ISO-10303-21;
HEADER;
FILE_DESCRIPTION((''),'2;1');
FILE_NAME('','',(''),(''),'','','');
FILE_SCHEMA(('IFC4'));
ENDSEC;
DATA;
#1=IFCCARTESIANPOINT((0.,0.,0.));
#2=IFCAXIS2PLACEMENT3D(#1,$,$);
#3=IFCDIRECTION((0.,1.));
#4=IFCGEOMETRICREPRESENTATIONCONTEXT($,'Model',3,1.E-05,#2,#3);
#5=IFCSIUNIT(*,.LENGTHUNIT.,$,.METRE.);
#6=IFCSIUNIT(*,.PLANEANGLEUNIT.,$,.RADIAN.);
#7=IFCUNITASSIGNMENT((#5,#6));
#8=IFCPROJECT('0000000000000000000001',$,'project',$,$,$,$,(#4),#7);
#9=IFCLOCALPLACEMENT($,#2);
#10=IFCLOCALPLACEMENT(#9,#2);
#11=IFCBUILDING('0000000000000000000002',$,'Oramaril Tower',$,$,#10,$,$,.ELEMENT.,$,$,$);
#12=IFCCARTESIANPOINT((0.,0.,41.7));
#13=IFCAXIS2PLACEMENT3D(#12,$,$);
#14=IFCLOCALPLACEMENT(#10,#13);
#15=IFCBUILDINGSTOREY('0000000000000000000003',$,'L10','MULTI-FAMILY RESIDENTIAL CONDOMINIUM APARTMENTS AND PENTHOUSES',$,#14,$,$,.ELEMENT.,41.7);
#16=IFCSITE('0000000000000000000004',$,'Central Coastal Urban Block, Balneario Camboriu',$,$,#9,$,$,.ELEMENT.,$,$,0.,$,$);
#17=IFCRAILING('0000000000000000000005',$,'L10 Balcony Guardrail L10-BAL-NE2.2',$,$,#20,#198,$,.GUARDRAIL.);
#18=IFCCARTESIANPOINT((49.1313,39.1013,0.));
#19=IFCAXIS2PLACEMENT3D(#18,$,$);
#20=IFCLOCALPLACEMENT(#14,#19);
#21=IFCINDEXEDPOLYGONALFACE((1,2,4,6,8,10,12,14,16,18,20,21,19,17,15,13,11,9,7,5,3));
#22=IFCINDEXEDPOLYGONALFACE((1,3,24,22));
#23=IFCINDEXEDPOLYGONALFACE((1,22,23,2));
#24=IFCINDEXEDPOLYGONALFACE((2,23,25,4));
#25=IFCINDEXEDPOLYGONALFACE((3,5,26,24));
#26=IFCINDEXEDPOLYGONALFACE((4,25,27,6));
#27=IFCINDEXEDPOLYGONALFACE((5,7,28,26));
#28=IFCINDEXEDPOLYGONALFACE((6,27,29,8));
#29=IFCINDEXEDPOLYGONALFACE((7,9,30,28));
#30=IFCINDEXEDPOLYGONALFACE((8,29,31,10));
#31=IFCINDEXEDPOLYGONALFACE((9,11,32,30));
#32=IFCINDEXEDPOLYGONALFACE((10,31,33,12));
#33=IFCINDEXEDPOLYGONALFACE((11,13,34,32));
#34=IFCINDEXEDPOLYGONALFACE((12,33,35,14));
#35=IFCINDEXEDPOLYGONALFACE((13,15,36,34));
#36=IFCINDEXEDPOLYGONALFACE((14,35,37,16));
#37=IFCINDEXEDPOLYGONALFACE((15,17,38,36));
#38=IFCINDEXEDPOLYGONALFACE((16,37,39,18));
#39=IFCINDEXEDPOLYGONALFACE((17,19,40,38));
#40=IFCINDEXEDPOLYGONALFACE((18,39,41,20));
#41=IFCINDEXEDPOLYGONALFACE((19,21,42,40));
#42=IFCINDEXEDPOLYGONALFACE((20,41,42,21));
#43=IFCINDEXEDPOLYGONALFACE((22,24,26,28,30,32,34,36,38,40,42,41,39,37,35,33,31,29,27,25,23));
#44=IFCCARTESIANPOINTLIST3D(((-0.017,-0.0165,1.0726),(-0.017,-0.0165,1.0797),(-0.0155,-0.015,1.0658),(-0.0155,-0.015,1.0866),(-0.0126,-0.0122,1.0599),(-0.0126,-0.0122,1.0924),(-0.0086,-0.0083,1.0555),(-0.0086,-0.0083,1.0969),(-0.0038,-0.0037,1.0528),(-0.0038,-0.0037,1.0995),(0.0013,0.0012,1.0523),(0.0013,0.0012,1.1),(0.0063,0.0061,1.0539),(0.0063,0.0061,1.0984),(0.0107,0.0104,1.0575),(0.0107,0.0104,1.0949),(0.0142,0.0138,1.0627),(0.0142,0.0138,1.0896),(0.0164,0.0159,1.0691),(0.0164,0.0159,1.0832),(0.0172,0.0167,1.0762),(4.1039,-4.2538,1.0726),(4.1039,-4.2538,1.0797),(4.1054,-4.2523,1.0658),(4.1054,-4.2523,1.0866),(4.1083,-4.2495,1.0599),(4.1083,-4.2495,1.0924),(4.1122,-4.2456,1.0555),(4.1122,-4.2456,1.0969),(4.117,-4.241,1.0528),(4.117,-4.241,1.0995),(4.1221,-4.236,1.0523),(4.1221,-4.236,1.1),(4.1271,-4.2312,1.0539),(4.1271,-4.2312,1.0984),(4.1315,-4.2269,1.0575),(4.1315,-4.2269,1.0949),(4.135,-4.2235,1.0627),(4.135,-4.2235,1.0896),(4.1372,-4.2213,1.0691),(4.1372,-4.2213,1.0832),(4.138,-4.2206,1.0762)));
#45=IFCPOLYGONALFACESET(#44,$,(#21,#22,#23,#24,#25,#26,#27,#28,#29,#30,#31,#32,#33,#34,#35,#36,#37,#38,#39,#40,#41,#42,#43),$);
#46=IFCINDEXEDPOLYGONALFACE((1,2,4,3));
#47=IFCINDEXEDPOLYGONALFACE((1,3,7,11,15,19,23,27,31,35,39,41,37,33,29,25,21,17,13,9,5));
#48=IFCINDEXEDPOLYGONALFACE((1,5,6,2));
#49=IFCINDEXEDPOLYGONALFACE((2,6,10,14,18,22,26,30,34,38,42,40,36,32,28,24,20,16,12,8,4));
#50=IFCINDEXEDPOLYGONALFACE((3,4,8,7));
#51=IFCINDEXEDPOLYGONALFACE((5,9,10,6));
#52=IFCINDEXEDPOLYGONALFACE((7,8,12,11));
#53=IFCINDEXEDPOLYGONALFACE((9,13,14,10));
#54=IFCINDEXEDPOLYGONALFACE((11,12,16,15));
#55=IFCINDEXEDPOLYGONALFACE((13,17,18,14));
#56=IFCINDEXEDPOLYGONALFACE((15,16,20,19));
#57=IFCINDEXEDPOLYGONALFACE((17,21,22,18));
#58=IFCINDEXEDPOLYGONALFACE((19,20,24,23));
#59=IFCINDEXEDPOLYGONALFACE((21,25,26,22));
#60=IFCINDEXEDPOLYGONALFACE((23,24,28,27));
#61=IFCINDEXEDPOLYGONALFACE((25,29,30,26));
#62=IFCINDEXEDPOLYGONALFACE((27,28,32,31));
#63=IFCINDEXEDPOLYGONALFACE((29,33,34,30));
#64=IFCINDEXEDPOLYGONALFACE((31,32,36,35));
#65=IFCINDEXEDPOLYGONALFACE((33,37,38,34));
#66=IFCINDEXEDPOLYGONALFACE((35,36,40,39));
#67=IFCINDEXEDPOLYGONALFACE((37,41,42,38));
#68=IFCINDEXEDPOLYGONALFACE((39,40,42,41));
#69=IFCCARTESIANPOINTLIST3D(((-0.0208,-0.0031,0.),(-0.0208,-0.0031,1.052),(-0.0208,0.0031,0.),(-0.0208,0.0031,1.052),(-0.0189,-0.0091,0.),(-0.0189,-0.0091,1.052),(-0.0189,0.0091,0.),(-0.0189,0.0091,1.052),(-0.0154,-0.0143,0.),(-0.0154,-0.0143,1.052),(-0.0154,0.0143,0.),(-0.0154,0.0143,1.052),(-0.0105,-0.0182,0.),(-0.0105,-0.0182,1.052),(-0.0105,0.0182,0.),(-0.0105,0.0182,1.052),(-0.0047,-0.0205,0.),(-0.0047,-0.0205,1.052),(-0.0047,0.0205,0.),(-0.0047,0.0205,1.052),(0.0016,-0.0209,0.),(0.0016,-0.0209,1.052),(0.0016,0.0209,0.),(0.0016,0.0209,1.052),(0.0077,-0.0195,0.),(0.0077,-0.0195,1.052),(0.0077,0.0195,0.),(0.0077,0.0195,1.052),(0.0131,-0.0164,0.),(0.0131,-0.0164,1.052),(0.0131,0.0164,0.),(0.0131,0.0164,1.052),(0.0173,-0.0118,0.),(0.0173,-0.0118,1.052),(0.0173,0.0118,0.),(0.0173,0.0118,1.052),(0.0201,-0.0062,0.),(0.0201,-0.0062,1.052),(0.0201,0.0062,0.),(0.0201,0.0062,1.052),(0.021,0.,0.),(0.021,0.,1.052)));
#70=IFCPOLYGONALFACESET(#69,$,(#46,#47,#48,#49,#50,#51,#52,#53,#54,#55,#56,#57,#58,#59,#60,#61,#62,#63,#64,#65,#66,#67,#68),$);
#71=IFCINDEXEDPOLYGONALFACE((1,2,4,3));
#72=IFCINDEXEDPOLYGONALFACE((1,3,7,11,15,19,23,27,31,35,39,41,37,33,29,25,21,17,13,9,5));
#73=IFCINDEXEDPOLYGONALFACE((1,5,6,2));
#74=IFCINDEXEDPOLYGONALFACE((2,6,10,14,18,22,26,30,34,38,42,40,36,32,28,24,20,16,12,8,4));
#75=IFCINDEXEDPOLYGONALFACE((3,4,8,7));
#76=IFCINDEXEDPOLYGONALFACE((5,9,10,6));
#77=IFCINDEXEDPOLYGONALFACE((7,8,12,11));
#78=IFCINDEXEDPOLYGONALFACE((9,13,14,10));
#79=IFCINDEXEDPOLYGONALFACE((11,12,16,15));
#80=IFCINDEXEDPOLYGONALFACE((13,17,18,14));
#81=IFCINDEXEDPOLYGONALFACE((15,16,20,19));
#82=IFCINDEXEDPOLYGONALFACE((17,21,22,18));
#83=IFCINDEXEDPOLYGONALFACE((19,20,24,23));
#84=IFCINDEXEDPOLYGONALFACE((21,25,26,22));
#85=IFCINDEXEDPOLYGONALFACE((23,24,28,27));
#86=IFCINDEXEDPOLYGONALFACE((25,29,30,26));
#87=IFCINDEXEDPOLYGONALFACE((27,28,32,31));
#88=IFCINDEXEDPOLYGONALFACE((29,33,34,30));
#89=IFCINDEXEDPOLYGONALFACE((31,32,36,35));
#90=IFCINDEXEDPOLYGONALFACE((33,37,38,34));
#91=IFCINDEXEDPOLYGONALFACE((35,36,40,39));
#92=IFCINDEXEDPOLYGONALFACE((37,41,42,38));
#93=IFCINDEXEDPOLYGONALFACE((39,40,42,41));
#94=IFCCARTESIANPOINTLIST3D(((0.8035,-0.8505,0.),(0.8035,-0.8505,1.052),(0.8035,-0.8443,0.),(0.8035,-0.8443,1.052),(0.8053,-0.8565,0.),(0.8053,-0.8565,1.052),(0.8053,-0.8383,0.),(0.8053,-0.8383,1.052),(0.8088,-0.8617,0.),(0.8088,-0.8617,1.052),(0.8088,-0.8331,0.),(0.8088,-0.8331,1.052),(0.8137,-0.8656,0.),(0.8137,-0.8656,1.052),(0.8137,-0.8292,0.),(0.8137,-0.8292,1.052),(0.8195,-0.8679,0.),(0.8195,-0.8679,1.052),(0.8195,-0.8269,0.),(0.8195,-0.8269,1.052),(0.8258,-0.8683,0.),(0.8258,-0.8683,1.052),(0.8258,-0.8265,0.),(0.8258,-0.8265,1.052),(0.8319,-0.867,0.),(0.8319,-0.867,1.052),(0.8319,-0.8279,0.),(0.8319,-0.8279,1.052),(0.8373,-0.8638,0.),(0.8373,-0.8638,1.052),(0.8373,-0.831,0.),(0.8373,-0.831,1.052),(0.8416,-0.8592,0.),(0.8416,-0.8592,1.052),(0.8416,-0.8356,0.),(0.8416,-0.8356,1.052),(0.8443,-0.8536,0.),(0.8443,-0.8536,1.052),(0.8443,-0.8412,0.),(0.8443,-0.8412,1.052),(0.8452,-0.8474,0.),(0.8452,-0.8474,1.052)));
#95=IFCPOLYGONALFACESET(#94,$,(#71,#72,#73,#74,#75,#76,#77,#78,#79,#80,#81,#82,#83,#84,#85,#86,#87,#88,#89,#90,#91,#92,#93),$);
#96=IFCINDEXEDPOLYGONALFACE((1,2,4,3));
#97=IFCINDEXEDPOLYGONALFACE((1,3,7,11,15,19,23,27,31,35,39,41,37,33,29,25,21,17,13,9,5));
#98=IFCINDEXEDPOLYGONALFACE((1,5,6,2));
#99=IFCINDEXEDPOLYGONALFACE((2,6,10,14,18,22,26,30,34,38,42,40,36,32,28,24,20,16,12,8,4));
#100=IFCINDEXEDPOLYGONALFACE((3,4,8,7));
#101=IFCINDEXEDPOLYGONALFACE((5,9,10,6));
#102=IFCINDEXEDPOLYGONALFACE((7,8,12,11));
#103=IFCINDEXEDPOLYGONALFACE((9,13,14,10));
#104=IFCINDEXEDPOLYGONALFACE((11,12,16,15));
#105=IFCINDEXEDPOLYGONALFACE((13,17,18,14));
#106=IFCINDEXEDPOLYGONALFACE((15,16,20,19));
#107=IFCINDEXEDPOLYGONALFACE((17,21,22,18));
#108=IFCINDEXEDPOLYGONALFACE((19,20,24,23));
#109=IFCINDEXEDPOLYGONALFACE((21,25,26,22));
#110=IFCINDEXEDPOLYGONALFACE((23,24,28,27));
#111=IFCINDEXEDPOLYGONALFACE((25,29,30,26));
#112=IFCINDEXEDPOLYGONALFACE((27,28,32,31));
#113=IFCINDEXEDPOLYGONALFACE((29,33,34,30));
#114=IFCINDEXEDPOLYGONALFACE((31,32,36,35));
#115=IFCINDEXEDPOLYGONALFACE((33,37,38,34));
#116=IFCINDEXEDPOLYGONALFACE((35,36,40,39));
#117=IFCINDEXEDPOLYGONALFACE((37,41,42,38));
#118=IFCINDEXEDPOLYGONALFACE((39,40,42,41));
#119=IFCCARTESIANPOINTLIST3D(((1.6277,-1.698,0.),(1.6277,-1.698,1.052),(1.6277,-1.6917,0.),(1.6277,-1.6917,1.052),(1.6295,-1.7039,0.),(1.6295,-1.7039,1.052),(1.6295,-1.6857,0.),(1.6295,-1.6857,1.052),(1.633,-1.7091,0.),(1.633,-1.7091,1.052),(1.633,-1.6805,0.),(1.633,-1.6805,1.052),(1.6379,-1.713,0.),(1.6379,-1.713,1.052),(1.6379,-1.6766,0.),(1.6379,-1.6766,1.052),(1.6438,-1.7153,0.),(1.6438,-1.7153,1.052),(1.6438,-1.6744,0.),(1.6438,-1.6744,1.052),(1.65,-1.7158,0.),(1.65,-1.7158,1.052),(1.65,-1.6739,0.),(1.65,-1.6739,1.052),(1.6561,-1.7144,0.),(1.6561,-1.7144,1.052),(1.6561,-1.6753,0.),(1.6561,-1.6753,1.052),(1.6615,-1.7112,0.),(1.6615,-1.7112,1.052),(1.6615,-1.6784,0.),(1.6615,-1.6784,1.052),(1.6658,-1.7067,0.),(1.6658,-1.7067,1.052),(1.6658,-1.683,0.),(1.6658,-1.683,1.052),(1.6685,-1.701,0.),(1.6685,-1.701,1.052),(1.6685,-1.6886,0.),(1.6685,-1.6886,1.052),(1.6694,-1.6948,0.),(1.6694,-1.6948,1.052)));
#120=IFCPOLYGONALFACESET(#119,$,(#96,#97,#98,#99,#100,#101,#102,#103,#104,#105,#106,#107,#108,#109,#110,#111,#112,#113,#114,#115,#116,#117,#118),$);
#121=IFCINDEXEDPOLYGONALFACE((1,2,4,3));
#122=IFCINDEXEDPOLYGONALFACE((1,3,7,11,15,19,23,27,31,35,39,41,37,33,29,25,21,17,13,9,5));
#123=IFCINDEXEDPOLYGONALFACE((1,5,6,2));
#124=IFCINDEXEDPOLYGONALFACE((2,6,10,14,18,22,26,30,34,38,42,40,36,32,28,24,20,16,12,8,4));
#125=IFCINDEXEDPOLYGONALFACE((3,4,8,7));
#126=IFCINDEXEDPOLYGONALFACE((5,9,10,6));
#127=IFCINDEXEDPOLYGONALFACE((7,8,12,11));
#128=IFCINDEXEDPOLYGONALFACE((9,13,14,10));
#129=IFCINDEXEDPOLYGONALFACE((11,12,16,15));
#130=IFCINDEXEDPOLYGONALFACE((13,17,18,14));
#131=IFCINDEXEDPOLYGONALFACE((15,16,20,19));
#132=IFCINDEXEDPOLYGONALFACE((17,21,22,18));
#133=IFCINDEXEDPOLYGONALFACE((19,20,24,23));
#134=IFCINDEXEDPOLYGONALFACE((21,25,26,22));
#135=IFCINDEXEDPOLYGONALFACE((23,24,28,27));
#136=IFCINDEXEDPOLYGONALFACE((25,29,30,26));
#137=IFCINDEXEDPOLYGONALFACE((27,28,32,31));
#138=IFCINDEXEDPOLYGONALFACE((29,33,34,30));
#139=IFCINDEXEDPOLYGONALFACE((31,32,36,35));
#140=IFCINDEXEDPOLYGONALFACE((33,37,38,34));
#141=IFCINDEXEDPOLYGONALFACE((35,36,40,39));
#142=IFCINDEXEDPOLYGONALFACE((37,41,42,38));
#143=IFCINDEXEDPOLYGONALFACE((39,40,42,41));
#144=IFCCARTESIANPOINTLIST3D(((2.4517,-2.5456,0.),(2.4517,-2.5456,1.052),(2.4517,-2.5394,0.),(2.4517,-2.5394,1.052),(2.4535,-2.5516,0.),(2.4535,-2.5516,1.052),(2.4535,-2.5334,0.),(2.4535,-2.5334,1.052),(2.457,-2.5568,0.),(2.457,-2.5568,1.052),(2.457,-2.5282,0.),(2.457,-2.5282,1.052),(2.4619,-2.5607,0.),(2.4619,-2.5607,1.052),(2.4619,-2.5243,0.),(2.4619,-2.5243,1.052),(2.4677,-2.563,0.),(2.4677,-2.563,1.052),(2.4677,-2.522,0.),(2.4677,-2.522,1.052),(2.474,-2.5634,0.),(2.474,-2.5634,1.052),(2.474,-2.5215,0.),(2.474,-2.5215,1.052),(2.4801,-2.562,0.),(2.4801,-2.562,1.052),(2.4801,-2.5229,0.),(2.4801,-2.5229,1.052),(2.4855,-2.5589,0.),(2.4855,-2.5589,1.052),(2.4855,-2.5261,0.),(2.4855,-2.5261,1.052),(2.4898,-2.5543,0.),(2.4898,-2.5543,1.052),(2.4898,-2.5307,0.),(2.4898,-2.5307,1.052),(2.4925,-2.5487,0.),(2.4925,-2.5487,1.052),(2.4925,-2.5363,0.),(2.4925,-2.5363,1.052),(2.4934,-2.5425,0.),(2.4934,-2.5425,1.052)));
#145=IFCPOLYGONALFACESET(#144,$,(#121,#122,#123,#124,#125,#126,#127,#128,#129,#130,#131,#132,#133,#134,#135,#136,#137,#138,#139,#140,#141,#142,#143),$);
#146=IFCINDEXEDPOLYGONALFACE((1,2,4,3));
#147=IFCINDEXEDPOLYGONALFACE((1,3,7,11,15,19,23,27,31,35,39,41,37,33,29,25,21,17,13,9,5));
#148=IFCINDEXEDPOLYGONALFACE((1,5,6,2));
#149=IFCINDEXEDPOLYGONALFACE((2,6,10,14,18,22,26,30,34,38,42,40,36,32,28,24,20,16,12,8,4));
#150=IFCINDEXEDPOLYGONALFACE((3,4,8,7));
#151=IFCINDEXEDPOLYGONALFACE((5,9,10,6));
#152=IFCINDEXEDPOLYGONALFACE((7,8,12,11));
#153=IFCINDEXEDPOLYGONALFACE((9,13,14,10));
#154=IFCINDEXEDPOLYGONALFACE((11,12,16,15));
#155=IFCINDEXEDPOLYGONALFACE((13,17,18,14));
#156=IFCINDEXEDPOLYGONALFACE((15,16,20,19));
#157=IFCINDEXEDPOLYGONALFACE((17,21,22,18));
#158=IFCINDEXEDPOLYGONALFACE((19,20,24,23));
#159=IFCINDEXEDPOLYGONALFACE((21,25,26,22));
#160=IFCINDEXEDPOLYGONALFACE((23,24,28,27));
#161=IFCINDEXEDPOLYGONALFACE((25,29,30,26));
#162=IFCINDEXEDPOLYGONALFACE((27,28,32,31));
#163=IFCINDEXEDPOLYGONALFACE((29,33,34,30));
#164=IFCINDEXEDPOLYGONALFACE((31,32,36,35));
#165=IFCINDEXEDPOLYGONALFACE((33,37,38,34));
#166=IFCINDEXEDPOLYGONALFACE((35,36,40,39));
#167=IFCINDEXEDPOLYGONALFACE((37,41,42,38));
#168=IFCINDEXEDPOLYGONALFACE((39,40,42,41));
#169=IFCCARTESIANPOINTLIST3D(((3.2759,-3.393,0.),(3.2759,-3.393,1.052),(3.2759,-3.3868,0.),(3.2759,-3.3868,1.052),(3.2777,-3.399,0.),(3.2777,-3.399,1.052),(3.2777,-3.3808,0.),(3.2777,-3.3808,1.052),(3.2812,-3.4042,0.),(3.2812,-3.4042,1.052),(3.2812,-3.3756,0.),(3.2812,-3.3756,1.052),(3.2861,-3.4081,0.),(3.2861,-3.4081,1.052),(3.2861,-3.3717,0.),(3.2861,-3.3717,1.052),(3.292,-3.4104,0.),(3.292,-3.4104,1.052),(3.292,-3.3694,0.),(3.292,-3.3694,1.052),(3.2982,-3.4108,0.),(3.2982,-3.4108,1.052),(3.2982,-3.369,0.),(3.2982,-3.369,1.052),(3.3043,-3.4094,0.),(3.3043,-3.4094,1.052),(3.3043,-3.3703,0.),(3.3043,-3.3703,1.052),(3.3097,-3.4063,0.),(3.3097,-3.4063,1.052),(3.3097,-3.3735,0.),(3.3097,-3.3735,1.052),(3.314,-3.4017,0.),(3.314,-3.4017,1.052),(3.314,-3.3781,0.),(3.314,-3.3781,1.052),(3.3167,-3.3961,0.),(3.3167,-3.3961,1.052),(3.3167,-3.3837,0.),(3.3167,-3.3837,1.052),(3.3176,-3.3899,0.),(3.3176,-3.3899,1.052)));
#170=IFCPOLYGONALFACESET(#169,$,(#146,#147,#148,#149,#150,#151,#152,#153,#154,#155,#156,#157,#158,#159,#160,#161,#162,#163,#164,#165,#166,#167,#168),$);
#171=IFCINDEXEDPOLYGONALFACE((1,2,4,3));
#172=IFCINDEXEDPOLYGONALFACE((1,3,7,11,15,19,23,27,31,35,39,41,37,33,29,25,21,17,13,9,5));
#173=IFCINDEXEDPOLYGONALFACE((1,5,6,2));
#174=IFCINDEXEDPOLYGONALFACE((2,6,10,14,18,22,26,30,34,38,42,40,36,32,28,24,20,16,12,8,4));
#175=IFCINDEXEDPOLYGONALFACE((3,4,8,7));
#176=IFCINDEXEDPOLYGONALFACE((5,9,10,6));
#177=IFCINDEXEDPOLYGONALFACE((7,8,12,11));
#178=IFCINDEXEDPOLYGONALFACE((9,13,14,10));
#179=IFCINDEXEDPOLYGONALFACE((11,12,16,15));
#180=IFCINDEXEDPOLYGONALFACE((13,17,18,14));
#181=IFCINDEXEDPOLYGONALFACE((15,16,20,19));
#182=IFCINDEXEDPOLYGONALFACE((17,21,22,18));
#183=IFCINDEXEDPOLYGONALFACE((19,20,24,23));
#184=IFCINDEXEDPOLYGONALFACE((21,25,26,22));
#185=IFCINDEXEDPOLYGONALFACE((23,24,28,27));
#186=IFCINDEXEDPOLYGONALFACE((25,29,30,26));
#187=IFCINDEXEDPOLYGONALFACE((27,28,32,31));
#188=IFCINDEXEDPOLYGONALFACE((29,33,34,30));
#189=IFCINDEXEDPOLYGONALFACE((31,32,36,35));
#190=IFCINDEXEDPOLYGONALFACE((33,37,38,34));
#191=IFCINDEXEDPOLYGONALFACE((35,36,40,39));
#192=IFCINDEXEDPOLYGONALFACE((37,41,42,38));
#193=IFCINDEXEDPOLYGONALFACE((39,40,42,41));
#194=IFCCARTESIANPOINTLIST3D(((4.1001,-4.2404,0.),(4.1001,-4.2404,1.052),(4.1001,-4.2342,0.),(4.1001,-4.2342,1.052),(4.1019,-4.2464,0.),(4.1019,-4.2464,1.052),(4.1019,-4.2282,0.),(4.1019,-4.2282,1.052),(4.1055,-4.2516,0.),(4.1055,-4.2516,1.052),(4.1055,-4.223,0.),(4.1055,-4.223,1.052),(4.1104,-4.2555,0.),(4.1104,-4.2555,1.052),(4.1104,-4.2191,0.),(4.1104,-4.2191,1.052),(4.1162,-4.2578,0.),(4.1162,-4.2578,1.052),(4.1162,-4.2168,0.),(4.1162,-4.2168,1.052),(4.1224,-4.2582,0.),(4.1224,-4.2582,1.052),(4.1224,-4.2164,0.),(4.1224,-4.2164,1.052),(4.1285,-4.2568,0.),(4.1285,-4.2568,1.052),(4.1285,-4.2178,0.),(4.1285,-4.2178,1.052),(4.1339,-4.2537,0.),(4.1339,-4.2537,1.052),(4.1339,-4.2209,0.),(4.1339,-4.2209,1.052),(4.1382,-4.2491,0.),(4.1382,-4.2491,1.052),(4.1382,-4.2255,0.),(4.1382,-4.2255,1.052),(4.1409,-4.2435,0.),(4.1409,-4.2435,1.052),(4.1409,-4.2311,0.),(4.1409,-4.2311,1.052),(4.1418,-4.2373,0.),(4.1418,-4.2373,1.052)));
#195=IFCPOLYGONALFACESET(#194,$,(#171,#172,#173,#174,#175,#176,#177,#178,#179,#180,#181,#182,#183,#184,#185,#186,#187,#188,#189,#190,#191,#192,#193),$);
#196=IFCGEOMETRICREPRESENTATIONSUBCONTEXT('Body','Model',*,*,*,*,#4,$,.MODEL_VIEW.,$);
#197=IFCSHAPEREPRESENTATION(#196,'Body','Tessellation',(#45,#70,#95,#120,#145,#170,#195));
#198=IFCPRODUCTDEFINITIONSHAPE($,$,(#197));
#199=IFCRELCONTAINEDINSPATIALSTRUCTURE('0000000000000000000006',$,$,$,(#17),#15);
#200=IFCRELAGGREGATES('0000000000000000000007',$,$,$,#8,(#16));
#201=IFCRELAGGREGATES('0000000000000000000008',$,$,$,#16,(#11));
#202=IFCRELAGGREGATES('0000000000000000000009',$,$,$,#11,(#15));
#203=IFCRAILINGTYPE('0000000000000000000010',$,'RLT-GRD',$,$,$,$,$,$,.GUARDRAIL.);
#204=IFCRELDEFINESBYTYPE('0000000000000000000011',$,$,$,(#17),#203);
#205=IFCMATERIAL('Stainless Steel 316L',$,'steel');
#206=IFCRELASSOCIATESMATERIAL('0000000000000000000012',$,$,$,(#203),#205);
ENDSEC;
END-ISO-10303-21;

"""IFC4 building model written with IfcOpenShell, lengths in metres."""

from ifc_helpers import new_model, si_unit, direction, frame, origin, origin_2d, place, context, subcontext, project, spatial, circle, extrude, material, type_object, element, save


model = new_model("IFC4")

# Units and contexts
model_context = context("Model", 3, precision=1e-05, world=origin(), true_north=direction((0.0, 1.0)))
body_context = subcontext(model_context, "Body", "Model", "MODEL_VIEW")
ifc_project = project(units=[si_unit("LENGTHUNIT", "METRE"), si_unit("PLANEANGLEUNIT", "RADIAN")], contexts=[model_context])

# Site, building, storey
site_placement = place(None, origin())
site = spatial("IfcSite", under=ifc_project, at=site_placement, Name="Central Coastal Urban Block, Balneario Camboriu", CompositionType="ELEMENT", RefElevation=0.0)
building_placement = place(site_placement, origin())
building = spatial("IfcBuilding", under=site, at=building_placement, Name="Oramaril Tower", CompositionType="ELEMENT")
storey_placement = place(building_placement, frame((0.0, 0.0, 41.7)))
storey = spatial("IfcBuildingStorey", under=building, at=storey_placement, Name="L10", Description="MULTI-FAMILY RESIDENTIAL CONDOMINIUM APARTMENTS AND PENTHOUSES", CompositionType="ELEMENT", Elevation=41.7)

# Railing
ifc_material_1 = material(Name="Stainless Steel 316L", Category="steel")
railing_type = type_object("IfcRailingType", Name="RLT-GRD", PredefinedType="GUARDRAIL", material=ifc_material_1)
railing_1_placement = place(storey_placement, frame((49.1313, 39.1013, 0.0)))
element("IfcRailing", 1, at=railing_1_placement, inside=storey, type_object=railing_type, Name="L10 Balcony Guardrail L10-BAL-NE2.2", PredefinedType="GUARDRAIL", context=body_context, shape_type="SweptSolid", body=[
    extrude(circle(Radius=0.0239, at=origin_2d()), frame((0.0, 0.0, 1.0762), z_axis=(0.697187, -0.716889, 0.0), x_axis=(0.716889, 0.697187, 0.0)), (0.0, 0.0, 1.0), 5.9106),
    extrude(circle(Radius=0.021, at=origin_2d()), origin(), (0.0, 0.0, 1.0), 1.052),
    extrude(circle(Radius=0.021, at=origin_2d()), frame((0.8242, -0.8474, 0.0)), (0.0, 0.0, 1.0), 1.052),
    extrude(circle(Radius=0.021, at=origin_2d()), frame((1.6484, -1.6948, 0.0)), (0.0, 0.0, 1.0), 1.052),
    extrude(circle(Radius=0.021, at=origin_2d()), frame((2.4724, -2.5425, 0.0)), (0.0, 0.0, 1.0), 1.052),
    extrude(circle(Radius=0.021, at=origin_2d()), frame((3.2966, -3.3899, 0.0)), (0.0, 0.0, 1.0), 1.052),
    extrude(circle(Radius=0.021, at=origin_2d()), frame((4.1208, -4.2373, 0.0)), (0.0, 0.0, 1.0), 1.052),
])

save(model, "model.ifc")
